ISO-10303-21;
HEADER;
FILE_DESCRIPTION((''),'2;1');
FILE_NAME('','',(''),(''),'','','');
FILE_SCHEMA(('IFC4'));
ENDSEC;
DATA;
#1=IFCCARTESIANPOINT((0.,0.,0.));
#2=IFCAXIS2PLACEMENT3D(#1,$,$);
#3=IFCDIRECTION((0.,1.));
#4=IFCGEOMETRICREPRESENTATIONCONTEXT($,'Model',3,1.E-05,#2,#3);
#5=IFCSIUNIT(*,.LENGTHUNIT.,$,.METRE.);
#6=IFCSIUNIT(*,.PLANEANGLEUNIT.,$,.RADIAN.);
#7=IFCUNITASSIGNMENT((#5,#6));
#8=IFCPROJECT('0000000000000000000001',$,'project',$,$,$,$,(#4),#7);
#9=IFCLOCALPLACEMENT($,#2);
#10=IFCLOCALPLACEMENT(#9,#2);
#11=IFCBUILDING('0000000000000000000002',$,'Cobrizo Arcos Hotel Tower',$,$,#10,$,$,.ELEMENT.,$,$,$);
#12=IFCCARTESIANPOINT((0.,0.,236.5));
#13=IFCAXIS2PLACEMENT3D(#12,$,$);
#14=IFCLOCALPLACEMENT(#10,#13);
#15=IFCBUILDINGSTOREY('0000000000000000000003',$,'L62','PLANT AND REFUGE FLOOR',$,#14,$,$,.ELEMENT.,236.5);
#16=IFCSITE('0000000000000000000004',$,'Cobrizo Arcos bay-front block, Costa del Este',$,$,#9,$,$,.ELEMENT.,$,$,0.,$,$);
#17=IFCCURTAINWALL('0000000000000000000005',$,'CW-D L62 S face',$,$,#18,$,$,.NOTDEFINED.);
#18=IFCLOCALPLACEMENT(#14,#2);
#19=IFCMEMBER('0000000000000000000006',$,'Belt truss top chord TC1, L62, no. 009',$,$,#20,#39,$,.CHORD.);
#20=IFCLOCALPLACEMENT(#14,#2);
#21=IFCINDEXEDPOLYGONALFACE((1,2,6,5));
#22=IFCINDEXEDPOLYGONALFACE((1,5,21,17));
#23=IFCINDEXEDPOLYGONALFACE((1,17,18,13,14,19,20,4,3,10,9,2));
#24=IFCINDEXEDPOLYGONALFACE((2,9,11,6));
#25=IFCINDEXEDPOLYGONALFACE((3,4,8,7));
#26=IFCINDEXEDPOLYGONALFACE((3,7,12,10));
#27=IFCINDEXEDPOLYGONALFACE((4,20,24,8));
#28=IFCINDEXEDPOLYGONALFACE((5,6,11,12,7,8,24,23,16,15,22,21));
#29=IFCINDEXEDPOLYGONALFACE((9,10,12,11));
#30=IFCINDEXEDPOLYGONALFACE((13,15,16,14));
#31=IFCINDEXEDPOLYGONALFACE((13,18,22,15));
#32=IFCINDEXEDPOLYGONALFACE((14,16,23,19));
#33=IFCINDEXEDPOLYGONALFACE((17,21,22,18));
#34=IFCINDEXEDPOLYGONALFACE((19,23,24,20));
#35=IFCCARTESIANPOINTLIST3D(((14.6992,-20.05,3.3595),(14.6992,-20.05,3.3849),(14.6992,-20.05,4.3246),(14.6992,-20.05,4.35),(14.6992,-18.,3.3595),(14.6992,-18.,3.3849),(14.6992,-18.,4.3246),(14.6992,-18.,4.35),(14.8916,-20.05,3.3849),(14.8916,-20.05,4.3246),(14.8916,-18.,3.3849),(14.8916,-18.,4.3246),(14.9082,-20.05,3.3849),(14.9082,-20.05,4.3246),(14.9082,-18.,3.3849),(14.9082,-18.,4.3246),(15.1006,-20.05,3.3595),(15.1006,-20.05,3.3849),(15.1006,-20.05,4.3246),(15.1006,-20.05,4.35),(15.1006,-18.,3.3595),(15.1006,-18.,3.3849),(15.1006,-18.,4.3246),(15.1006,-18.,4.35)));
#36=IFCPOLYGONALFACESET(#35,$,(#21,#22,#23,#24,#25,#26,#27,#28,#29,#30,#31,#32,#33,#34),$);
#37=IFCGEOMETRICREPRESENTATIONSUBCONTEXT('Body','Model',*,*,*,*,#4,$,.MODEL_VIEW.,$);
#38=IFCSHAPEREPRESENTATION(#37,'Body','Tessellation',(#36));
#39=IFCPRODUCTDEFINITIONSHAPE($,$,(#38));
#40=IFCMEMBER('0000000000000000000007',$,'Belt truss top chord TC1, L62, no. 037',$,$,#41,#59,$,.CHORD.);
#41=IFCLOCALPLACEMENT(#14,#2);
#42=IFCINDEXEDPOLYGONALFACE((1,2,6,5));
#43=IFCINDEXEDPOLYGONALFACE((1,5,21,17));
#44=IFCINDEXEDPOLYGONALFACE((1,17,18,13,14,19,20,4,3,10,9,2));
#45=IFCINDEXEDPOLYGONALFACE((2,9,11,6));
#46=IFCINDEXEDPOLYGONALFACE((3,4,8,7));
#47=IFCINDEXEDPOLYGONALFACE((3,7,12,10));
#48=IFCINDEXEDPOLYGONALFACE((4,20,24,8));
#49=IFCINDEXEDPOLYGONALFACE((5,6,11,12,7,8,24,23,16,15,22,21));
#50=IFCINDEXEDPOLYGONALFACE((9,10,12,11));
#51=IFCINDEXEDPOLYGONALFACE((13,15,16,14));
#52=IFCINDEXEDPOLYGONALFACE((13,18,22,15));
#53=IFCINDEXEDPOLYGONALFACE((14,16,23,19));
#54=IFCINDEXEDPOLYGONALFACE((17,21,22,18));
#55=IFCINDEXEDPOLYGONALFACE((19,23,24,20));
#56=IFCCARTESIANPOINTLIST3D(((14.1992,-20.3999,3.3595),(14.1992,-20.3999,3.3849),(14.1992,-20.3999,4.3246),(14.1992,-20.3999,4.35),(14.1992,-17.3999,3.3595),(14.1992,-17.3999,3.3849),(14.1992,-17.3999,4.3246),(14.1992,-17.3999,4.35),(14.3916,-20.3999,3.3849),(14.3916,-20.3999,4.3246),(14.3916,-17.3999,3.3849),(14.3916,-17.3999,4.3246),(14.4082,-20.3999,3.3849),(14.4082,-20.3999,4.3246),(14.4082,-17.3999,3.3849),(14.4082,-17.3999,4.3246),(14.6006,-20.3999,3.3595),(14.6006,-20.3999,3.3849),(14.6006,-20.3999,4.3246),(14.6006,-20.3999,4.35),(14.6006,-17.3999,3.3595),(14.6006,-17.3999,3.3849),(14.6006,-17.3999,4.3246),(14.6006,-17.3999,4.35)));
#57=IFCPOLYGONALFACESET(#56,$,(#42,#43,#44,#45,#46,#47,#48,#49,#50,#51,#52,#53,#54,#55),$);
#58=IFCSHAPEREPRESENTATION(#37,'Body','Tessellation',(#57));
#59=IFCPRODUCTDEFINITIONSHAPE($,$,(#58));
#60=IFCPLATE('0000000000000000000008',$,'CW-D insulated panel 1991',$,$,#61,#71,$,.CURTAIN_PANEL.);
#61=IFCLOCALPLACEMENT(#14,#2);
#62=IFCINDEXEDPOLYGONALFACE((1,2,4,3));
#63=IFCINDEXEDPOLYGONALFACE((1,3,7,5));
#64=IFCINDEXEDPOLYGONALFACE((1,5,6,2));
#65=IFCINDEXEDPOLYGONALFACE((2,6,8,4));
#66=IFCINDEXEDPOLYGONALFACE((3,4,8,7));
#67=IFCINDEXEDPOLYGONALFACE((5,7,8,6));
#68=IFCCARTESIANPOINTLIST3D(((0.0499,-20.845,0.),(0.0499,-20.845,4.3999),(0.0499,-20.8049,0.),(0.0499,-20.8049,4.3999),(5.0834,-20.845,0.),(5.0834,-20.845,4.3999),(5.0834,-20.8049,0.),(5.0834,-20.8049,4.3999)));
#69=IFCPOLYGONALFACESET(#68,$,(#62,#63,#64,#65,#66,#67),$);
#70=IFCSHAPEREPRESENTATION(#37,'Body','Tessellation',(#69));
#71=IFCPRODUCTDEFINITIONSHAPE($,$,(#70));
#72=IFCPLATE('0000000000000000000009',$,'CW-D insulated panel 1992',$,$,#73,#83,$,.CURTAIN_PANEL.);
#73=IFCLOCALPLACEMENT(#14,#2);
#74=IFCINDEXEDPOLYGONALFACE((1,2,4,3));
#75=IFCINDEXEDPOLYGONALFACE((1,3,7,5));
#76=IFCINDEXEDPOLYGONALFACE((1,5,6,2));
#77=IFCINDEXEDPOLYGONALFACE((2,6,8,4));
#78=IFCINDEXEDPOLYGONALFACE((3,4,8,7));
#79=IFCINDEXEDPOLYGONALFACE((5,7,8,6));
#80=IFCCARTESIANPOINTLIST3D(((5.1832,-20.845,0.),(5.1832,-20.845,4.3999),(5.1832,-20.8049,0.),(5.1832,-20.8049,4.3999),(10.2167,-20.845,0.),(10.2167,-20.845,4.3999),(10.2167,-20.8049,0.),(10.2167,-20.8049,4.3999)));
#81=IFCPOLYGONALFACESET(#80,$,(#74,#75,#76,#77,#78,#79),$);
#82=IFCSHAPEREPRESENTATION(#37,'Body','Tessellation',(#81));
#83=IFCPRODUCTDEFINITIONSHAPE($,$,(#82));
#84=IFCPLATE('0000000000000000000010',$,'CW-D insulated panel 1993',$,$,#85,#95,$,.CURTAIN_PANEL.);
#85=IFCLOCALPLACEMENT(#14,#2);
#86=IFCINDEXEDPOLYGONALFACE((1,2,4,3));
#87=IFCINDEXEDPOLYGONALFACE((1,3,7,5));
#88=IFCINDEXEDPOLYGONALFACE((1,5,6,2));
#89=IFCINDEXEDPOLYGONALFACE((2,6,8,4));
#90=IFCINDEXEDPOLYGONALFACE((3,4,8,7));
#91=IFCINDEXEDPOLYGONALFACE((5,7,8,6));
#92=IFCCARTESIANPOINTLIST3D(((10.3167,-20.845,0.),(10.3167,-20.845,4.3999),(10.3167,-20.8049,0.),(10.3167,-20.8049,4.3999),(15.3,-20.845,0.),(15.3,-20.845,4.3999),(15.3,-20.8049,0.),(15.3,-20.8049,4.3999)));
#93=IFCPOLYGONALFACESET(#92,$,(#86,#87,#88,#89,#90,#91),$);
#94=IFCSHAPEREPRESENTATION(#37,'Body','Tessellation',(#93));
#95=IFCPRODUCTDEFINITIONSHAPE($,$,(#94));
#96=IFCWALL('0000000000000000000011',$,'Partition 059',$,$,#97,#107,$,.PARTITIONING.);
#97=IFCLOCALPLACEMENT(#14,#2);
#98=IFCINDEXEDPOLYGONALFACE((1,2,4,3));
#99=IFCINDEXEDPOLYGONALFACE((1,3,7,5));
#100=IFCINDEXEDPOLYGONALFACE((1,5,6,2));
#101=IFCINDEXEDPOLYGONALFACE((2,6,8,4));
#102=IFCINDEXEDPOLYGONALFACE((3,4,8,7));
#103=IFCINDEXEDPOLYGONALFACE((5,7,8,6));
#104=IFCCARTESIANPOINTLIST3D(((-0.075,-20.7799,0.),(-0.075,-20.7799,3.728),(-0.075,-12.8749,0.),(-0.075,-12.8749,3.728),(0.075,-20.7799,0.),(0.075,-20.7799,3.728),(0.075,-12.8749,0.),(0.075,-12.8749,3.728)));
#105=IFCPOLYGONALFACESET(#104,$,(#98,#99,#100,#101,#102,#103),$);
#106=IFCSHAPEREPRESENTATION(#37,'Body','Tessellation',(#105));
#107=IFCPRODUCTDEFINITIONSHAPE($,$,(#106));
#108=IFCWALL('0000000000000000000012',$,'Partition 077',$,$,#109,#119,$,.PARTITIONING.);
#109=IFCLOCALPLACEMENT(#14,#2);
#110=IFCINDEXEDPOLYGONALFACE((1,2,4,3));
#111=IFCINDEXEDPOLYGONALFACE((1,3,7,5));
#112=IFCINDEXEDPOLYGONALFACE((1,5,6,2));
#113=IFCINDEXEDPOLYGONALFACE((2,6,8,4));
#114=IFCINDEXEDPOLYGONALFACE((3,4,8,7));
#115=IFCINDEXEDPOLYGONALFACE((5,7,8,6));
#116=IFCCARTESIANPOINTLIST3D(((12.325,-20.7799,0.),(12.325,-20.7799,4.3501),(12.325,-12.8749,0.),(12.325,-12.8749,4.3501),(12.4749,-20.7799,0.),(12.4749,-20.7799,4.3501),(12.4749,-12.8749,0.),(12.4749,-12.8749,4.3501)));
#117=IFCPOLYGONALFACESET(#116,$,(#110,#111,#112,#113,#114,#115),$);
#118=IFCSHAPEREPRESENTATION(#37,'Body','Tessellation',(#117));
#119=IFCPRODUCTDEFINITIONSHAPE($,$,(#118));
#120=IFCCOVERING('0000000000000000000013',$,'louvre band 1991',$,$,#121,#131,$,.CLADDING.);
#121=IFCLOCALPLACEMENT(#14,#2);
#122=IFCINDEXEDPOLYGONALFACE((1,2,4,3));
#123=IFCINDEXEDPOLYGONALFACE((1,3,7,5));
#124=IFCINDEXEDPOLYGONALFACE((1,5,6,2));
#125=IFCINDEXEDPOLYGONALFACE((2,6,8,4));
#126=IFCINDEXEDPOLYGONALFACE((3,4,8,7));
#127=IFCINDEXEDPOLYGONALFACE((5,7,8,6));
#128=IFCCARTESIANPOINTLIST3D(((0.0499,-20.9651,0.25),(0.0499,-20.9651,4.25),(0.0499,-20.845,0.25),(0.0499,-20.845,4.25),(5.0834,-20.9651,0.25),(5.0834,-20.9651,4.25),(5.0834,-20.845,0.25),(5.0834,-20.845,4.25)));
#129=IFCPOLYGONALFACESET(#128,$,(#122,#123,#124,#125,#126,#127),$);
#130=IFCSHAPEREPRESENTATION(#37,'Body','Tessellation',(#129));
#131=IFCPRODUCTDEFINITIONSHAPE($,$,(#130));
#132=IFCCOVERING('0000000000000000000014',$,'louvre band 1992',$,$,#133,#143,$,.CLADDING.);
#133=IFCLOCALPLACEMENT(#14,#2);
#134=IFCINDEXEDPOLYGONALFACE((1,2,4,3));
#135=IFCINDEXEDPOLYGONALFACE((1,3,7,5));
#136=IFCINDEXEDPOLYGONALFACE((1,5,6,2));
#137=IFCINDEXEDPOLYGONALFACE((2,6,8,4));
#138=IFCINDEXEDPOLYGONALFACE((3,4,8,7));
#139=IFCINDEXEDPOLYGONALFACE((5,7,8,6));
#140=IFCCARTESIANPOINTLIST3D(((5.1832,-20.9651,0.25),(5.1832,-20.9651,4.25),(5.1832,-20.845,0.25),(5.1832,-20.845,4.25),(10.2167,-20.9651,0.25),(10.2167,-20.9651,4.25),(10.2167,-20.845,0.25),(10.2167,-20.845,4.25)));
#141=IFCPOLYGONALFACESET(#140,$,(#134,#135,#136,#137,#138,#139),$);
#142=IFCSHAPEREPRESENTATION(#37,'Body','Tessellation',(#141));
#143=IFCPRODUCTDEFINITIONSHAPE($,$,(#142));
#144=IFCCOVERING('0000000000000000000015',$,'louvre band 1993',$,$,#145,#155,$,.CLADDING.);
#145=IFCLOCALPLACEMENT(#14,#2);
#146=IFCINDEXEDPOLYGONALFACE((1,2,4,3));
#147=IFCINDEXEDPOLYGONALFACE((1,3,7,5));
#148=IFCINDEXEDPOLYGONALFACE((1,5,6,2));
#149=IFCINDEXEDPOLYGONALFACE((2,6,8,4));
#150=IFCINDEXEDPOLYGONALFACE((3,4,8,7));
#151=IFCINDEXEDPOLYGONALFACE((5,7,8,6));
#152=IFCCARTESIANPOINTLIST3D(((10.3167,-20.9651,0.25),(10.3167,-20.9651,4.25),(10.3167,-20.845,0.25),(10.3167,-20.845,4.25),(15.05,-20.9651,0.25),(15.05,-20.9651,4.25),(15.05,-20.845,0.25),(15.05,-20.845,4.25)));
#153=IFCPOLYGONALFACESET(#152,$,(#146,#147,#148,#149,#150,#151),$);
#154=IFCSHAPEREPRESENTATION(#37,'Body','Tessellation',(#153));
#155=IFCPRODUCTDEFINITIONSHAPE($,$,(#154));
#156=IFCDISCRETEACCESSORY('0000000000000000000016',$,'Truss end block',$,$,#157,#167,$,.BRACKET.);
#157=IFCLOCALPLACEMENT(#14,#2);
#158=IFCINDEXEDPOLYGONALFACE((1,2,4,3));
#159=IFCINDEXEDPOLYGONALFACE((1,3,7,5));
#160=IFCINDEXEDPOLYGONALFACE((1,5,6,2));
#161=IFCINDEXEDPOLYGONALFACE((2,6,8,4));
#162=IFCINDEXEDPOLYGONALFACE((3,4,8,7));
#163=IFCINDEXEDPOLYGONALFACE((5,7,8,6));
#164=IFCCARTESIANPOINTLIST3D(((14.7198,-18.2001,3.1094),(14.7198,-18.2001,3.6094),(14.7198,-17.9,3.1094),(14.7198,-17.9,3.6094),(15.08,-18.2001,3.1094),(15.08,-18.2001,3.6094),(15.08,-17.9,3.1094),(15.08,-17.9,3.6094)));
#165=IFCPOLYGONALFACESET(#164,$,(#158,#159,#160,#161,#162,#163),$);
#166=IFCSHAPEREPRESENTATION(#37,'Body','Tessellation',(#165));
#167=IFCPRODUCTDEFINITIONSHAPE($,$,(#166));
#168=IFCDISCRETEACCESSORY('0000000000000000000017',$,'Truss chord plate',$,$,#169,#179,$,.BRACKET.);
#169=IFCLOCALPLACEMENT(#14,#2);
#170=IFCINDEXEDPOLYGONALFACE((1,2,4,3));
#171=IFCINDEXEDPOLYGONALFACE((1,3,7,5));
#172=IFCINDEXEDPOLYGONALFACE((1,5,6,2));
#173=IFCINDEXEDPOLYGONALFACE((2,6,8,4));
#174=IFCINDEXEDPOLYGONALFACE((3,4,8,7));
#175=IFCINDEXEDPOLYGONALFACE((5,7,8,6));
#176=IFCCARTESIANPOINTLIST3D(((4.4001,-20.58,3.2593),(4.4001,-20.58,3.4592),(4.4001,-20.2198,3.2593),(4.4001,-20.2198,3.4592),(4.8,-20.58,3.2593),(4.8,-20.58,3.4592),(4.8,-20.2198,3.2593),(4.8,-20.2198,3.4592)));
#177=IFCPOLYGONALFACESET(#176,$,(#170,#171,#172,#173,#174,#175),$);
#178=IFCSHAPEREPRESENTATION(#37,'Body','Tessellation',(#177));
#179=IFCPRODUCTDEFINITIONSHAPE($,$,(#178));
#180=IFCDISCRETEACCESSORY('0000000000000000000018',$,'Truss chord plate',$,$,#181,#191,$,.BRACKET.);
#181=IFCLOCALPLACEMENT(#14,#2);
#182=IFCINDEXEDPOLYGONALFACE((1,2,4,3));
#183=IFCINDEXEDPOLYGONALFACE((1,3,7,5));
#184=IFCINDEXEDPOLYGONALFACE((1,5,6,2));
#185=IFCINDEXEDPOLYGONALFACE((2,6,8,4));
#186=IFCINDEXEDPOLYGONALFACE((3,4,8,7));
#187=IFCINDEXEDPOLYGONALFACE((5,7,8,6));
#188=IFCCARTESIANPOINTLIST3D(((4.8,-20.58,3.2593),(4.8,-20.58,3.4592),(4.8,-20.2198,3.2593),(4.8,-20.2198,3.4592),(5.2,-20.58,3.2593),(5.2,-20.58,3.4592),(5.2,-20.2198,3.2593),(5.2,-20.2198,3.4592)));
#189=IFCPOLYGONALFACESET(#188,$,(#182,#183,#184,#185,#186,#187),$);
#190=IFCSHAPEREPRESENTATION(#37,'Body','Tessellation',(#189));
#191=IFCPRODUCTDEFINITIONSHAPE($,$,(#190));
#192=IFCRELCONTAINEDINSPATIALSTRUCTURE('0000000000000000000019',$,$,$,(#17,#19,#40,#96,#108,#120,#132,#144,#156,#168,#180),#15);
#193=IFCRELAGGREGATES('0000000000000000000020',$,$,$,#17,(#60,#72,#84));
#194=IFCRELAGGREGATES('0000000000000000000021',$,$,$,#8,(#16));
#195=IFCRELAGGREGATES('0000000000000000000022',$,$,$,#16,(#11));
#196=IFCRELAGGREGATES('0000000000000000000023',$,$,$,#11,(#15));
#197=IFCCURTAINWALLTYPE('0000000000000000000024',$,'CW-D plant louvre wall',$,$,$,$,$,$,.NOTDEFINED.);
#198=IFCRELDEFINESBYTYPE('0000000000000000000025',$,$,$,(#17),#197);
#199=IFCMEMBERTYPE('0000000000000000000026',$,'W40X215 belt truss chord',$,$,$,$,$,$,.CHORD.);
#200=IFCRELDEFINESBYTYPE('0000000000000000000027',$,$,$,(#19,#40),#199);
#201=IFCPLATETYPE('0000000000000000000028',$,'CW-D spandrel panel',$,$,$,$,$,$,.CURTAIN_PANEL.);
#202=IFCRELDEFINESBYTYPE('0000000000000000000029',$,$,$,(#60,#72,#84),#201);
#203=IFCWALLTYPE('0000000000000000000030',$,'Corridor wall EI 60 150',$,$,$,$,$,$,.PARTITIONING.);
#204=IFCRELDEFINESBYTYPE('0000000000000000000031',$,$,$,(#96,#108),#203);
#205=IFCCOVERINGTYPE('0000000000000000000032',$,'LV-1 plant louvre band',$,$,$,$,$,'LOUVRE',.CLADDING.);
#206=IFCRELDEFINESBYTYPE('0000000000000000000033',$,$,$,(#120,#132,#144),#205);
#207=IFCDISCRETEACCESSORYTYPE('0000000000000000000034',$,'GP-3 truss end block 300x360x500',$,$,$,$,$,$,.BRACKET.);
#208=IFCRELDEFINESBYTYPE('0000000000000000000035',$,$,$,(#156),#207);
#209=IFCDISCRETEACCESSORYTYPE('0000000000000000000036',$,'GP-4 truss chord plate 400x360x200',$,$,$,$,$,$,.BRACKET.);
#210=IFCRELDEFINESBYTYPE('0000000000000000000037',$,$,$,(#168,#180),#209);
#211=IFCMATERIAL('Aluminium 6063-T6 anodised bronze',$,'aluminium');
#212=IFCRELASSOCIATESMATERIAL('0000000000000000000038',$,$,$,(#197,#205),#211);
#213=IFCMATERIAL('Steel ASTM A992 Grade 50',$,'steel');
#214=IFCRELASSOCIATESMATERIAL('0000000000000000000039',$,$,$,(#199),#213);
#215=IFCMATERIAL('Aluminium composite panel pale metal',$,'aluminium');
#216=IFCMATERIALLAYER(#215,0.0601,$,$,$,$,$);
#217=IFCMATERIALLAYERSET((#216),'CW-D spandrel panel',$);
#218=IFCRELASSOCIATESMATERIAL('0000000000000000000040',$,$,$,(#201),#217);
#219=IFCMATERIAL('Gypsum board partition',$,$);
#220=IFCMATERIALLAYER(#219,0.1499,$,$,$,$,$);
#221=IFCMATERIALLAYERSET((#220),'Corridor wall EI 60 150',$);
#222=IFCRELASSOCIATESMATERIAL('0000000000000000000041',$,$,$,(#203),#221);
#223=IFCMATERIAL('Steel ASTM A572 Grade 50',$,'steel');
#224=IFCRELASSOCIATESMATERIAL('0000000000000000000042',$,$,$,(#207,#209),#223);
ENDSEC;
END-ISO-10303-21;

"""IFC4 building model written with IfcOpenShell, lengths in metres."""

from ifc_helpers import new_model, si_unit, direction, frame, frame_2d, origin, origin_2d, place, context, subcontext, project, spatial, rectangle, i_section, extrude, material, layer, layer_set, material_profile, profile_set, type_object, element, aggregate, save


model = new_model("IFC4")

# Units and contexts
model_context = context("Model", 3, precision=1e-05, world=origin(), true_north=direction((0.0, 1.0)))
body_context = subcontext(model_context, "Body", "Model", "MODEL_VIEW")
ifc_project = project(units=[si_unit("LENGTHUNIT", "METRE"), si_unit("PLANEANGLEUNIT", "RADIAN")], contexts=[model_context])

# Site, building, storey
site_placement = place(None, origin())
site = spatial("IfcSite", under=ifc_project, at=site_placement, Name="Cobrizo Arcos bay-front block, Costa del Este", CompositionType="ELEMENT", RefElevation=0.0)
building_placement = place(site_placement, origin())
building = spatial("IfcBuilding", under=site, at=building_placement, Name="Cobrizo Arcos Hotel Tower", CompositionType="ELEMENT")
storey_placement = place(building_placement, frame((0.0, 0.0, 236.5)))
storey = spatial("IfcBuildingStorey", under=building, at=storey_placement, Name="L62", Description="PLANT AND REFUGE FLOOR", CompositionType="ELEMENT", Elevation=236.5)

# Curtain wall
ifc_material_1 = material(Name="Aluminium 6063-T6 anodised bronze", Category="aluminium")
curtain_wall_type = type_object("IfcCurtainWallType", Name="CW-D plant louvre wall", PredefinedType="NOTDEFINED", material=ifc_material_1)
curtain_wall_placement = place(storey_placement, origin())
curtain_wall = element("IfcCurtainWall", 1, at=curtain_wall_placement, inside=storey, type_object=curtain_wall_type, Name="CW-D L62 S face", PredefinedType="NOTDEFINED")

# Members
ifc_material_2 = material(Name="Steel ASTM A992 Grade 50", Category="steel")
ifc_material_profile_1 = material_profile(ifc_material_2, i_section(OverallWidth=0.4014, OverallDepth=0.9905, WebThickness=0.0166, FlangeThickness=0.0254, at=origin_2d()), Name="W40X215")
ifc_profile_set_1 = profile_set([ifc_material_profile_1], Name="Steel ASTM A992 Grade 50")
member_type_1 = type_object("IfcMemberType", Name="W40X215 belt truss chord", PredefinedType="CHORD", material=ifc_profile_set_1)
member_1_placement = place(storey_placement, frame((14.8999, -20.05, 3.8547), z_axis=(0.0, 1.0, 0.0), x_axis=(-1.0, 0.0, 0.0)))
element("IfcMember", 2, at=member_1_placement, inside=storey, type_object=member_type_1, Name="Belt truss top chord TC1, L62, no. 009", PredefinedType="CHORD", context=body_context, shape_type="SweptSolid", body=[
    extrude(i_section(OverallWidth=0.4014, OverallDepth=0.9905, WebThickness=0.0166, FlangeThickness=0.0254, at=origin_2d()), origin(), (0.0, 0.0, 1.0), 2.05),
])
member_2_placement = place(storey_placement, frame((14.3999, -20.3999, 3.8547), z_axis=(0.0, 1.0, 0.0), x_axis=(-1.0, 0.0, 0.0)))
element("IfcMember", 3, at=member_2_placement, inside=storey, type_object=member_type_1, Name="Belt truss top chord TC1, L62, no. 037", PredefinedType="CHORD", context=body_context, shape_type="SweptSolid", body=[
    extrude(i_section(OverallWidth=0.4014, OverallDepth=0.9905, WebThickness=0.0166, FlangeThickness=0.0254, at=origin_2d()), origin(), (0.0, 0.0, 1.0), 3.0),
])

# Plates
ifc_material_3 = material(Name="Aluminium composite panel pale metal", Category="aluminium")
ifc_layer_1 = layer(ifc_material_3, 0.0601)
ifc_layer_set_1 = layer_set([ifc_layer_1], Name="CW-D spandrel panel")
plate_type = type_object("IfcPlateType", Name="CW-D spandrel panel", PredefinedType="CURTAIN_PANEL", material=ifc_layer_set_1)
plate_1_placement = place(storey_placement, frame((2.5667, -20.825, 0.0), z_axis=(0.0, 0.0, 1.0), x_axis=(1.0, 0.0, 0.0)))
plate_1 = element("IfcPlate", 4, at=plate_1_placement, type_object=plate_type, Name="CW-D insulated panel 1991", PredefinedType="CURTAIN_PANEL", context=body_context, shape_type="SweptSolid", body=[
    extrude(rectangle(XDim=5.0334, YDim=0.04, at=origin_2d()), origin(), (0.0, 0.0, 1.0), 4.3999),
])
plate_2_placement = place(storey_placement, frame((7.7, -20.825, 0.0), z_axis=(0.0, 0.0, 1.0), x_axis=(1.0, 0.0, 0.0)))
plate_2 = element("IfcPlate", 5, at=plate_2_placement, type_object=plate_type, Name="CW-D insulated panel 1992", PredefinedType="CURTAIN_PANEL", context=body_context, shape_type="SweptSolid", body=[
    extrude(rectangle(XDim=5.0334, YDim=0.04, at=origin_2d()), origin(), (0.0, 0.0, 1.0), 4.3999),
])
plate_3_placement = place(storey_placement, frame((12.8083, -20.825, 0.0), z_axis=(0.0, 0.0, 1.0), x_axis=(1.0, 0.0, 0.0)))
plate_3 = element("IfcPlate", 6, at=plate_3_placement, type_object=plate_type, Name="CW-D insulated panel 1993", PredefinedType="CURTAIN_PANEL", context=body_context, shape_type="SweptSolid", body=[
    extrude(rectangle(XDim=4.9834, YDim=0.04, at=origin_2d()), origin(), (0.0, 0.0, 1.0), 4.3999),
])
aggregate(curtain_wall, [plate_1, plate_2, plate_3])

# Walls
ifc_material_4 = material(Name="Gypsum board partition")
ifc_layer_2 = layer(ifc_material_4, 0.1499)
ifc_layer_set_2 = layer_set([ifc_layer_2], Name="Corridor wall EI 60 150")
wall_type = type_object("IfcWallType", Name="Corridor wall EI 60 150", PredefinedType="PARTITIONING", material=ifc_layer_set_2)
wall_1_placement = place(storey_placement, frame((0.0, -20.78, 0.0), z_axis=(0.0, 0.0, 1.0), x_axis=(0.0, 1.0, 0.0)))
element("IfcWall", 7, at=wall_1_placement, inside=storey, type_object=wall_type, Name="Partition 059", PredefinedType="PARTITIONING", context=body_context, shape_type="SweptSolid", body=[
    extrude(rectangle(XDim=7.905, YDim=0.1499, at=frame_2d((3.9526, 0.0))), origin(), (0.0, 0.0, 1.0), 3.728),
])
wall_2_placement = place(storey_placement, frame((12.3999, -20.78, 0.0), z_axis=(0.0, 0.0, 1.0), x_axis=(0.0, 1.0, 0.0)))
element("IfcWall", 8, at=wall_2_placement, inside=storey, type_object=wall_type, Name="Partition 077", PredefinedType="PARTITIONING", context=body_context, shape_type="SweptSolid", body=[
    extrude(rectangle(XDim=7.905, YDim=0.1499, at=frame_2d((3.9526, 0.0))), origin(), (0.0, 0.0, 1.0), 4.3501),
])

# Coverings
covering_type = type_object("IfcCoveringType", Name="LV-1 plant louvre band", ElementType="LOUVRE", PredefinedType="CLADDING", material=ifc_material_1)
for number, where, z_axis, x_axis, name in (
    (9, (2.5667, -20.905, 0.25), (0.0, 0.0, 1.0), (1.0, 0.0, 0.0), "louvre band 1991"),
    (10, (7.7, -20.905, 0.25), (0.0, 0.0, 1.0), (1.0, 0.0, 0.0), "louvre band 1992"),
):
    element("IfcCovering", number, at=place(storey_placement, frame(where, z_axis=z_axis, x_axis=x_axis)), inside=storey, type_object=covering_type, Name=name, PredefinedType="CLADDING", context=body_context, shape_type="SweptSolid", body=[
        extrude(rectangle(XDim=5.0334, YDim=0.1201, at=origin_2d()), origin(), (0.0, 0.0, 1.0), 4.0),
    ])
covering_placement = place(storey_placement, frame((12.6833, -20.905, 0.25), z_axis=(0.0, 0.0, 1.0), x_axis=(1.0, 0.0, 0.0)))
element("IfcCovering", 11, at=covering_placement, inside=storey, type_object=covering_type, Name="louvre band 1993", PredefinedType="CLADDING", context=body_context, shape_type="SweptSolid", body=[
    extrude(rectangle(XDim=4.7334, YDim=0.1201, at=origin_2d()), origin(), (0.0, 0.0, 1.0), 4.0),
])

# Discrete accessories
ifc_material_5 = material(Name="Steel ASTM A572 Grade 50", Category="steel")
discrete_accessory_type_1 = type_object("IfcDiscreteAccessoryType", Name="GP-3 truss end block 300x360x500", PredefinedType="BRACKET", material=ifc_material_5)
discrete_accessory_placement = place(storey_placement, frame((14.8999, -18.05, 3.1094), z_axis=(0.0, 0.0, 1.0), x_axis=(0.0, -1.0, 0.0)))
element("IfcDiscreteAccessory", 12, at=discrete_accessory_placement, inside=storey, type_object=discrete_accessory_type_1, Name="Truss end block", PredefinedType="BRACKET", context=body_context, shape_type="SweptSolid", body=[
    extrude(rectangle(XDim=0.3, YDim=0.3601, at=origin_2d()), origin(), (0.0, 0.0, 1.0), 0.5),
])
discrete_accessory_type_2 = type_object("IfcDiscreteAccessoryType", Name="GP-4 truss chord plate 400x360x200", PredefinedType="BRACKET", material=ifc_material_5)
for number, where, z_axis, x_axis, name in (
    (13, (4.6001, -20.3999, 3.2593), (0.0, 0.0, 1.0), (1.0, 0.0, 0.0), "Truss chord plate"),
    (14, (5.0, -20.3999, 3.2593), (0.0, 0.0, 1.0), (1.0, 0.0, 0.0), "Truss chord plate"),
):
    element("IfcDiscreteAccessory", number, at=place(storey_placement, frame(where, z_axis=z_axis, x_axis=x_axis)), inside=storey, type_object=discrete_accessory_type_2, Name=name, PredefinedType="BRACKET", context=body_context, shape_type="SweptSolid", body=[
        extrude(rectangle(XDim=0.3999, YDim=0.3601, at=origin_2d()), origin(), (0.0, 0.0, 1.0), 0.2),
    ])

save(model, "model.ifc")
